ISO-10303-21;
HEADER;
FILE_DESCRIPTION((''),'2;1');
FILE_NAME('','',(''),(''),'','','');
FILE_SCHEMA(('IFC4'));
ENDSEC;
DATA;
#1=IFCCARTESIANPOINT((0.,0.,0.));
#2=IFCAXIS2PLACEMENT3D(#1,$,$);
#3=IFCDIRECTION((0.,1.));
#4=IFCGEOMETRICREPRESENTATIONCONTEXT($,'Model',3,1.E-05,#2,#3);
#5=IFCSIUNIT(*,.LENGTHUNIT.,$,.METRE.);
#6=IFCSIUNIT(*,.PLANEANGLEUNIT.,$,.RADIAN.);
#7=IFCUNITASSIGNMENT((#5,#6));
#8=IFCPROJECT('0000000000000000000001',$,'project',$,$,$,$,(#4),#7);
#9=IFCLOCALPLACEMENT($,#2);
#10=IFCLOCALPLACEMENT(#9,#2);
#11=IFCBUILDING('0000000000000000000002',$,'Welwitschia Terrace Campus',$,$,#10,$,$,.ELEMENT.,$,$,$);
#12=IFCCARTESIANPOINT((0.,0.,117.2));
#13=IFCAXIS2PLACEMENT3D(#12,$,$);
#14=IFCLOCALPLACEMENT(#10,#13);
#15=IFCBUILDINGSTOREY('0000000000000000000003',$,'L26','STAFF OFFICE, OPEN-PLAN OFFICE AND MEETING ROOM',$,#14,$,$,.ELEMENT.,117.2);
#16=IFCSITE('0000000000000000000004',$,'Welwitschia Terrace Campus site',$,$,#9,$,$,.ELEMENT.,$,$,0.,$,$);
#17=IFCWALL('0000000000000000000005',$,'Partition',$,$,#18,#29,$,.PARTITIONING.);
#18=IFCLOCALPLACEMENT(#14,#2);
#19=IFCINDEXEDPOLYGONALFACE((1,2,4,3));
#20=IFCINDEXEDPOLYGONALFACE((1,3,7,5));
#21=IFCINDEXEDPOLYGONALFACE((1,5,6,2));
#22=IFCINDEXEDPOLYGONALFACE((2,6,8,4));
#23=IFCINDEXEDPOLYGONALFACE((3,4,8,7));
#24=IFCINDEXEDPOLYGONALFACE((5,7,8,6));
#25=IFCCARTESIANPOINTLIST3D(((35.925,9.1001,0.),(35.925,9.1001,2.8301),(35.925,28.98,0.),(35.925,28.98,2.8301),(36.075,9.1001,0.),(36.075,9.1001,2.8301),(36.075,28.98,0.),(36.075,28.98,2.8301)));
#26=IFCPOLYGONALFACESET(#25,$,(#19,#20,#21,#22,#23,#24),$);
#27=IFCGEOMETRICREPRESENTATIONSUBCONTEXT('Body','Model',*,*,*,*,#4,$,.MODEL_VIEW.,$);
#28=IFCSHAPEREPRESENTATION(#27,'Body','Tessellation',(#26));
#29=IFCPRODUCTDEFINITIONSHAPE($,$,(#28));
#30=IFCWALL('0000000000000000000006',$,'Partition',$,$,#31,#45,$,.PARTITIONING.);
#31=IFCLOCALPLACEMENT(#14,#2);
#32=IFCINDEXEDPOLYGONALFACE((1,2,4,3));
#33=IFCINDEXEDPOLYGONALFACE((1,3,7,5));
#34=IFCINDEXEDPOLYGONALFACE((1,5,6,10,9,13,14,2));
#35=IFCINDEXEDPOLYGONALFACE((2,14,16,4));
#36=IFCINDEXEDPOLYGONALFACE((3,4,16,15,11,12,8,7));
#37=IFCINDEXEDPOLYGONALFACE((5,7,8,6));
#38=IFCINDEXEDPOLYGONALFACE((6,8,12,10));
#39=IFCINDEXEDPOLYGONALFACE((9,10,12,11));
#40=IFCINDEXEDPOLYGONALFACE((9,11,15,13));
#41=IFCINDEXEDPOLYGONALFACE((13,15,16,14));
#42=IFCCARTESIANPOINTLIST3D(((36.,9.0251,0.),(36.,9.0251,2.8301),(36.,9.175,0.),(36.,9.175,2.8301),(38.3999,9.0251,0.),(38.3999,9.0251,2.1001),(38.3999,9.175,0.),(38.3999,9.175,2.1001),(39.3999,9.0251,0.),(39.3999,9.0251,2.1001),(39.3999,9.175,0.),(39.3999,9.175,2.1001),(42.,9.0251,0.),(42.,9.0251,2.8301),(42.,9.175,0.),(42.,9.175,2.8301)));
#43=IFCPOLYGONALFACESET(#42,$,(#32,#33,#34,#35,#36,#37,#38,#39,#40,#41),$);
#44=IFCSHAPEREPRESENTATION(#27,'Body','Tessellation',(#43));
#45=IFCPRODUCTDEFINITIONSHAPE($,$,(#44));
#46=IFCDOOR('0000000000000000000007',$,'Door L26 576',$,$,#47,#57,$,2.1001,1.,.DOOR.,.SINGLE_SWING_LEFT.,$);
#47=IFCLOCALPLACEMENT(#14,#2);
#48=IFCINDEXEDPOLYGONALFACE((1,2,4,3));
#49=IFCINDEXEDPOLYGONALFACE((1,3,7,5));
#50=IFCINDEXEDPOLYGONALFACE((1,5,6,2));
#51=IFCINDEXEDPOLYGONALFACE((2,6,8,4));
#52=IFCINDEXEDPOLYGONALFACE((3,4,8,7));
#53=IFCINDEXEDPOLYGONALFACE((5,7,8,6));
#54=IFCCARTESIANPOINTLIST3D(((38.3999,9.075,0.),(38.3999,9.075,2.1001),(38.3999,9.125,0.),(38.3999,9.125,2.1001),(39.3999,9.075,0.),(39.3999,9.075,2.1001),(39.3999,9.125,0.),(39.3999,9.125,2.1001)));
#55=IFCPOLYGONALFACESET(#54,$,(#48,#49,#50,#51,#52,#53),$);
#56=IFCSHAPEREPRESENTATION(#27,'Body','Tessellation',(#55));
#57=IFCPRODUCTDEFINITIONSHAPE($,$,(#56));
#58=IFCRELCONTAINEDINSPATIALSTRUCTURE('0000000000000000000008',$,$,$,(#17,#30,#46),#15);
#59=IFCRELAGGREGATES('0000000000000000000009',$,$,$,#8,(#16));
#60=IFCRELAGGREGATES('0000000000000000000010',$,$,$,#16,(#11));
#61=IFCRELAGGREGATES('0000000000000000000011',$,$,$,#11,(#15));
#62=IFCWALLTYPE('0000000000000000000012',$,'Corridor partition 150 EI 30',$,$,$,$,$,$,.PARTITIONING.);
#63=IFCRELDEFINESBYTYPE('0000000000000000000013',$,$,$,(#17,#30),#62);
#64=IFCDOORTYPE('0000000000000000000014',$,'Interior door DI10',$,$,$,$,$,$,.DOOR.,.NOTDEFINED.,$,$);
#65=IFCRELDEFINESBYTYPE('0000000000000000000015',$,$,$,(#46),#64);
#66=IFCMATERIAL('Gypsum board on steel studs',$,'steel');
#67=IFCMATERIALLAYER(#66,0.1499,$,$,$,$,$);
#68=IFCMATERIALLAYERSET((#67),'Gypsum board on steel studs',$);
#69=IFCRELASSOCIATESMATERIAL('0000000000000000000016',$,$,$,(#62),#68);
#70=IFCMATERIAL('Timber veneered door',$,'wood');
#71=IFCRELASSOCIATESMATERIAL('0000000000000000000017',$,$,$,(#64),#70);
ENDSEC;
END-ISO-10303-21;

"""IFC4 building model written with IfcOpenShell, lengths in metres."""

from ifc_helpers import new_model, si_unit, direction, frame, frame_2d, origin, place, context, subcontext, project, spatial, rectangle, extrude, material, layer, layer_set, type_object, element, fill, save


model = new_model("IFC4")

# Units and contexts
model_context = context("Model", 3, precision=1e-05, world=origin(), true_north=direction((0.0, 1.0)))
body_context = subcontext(model_context, "Body", "Model", "MODEL_VIEW")
ifc_project = project(units=[si_unit("LENGTHUNIT", "METRE"), si_unit("PLANEANGLEUNIT", "RADIAN")], contexts=[model_context])

# Site, building, storey
site_placement = place(None, origin())
site = spatial("IfcSite", under=ifc_project, at=site_placement, Name="Welwitschia Terrace Campus site", CompositionType="ELEMENT", RefElevation=0.0)
building_placement = place(site_placement, origin())
building = spatial("IfcBuilding", under=site, at=building_placement, Name="Welwitschia Terrace Campus", CompositionType="ELEMENT")
storey_placement = place(building_placement, frame((0.0, 0.0, 117.2)))
storey = spatial("IfcBuildingStorey", under=building, at=storey_placement, Name="L26", Description="STAFF OFFICE, OPEN-PLAN OFFICE AND MEETING ROOM", CompositionType="ELEMENT", Elevation=117.2)

# Wall
ifc_material_1 = material(Name="Gypsum board on steel studs", Category="steel")
ifc_layer_1 = layer(ifc_material_1, 0.1499)
ifc_layer_set_1 = layer_set([ifc_layer_1], Name="Gypsum board on steel studs")
wall_type = type_object("IfcWallType", Name="Corridor partition 150 EI 30", PredefinedType="PARTITIONING", material=ifc_layer_set_1)
wall_1_placement = place(storey_placement, frame((36.0, 9.1001, 0.0), z_axis=(0.0, 0.0, 1.0), x_axis=(0.0, 1.0, 0.0)))
element("IfcWall", 1, at=wall_1_placement, inside=storey, type_object=wall_type, Name="Partition", PredefinedType="PARTITIONING", context=body_context, shape_type="SweptSolid", body=[
    extrude(rectangle(XDim=19.8799, YDim=0.1499, at=frame_2d((9.9399, 0.0))), origin(), (0.0, 0.0, 1.0), 2.8301),
])

# Wall, opening, door
wall_2_placement = place(storey_placement, frame((36.0, 9.1001, 0.0), z_axis=(0.0, 0.0, 1.0), x_axis=(1.0, 0.0, 0.0)))
wall_2 = element("IfcWall", 2, at=wall_2_placement, inside=storey, type_object=wall_type, Name="Partition", PredefinedType="PARTITIONING", context=body_context, shape_type="SweptSolid", body=[
    extrude(rectangle(XDim=6.0, YDim=0.1499, at=frame_2d((3.0, 0.0))), origin(), (0.0, 0.0, 1.0), 2.8301),
])
opening_placement = place(wall_2_placement, frame((2.3999, 0.0, 0.0)))
opening = element("IfcOpeningElement", 3, at=opening_placement, cuts=wall_2, PredefinedType="OPENING", context=body_context, shape_type="SweptSolid", body=[
    extrude(rectangle(XDim=1.0, YDim=2.1001, at=frame_2d((0.5, 1.05))), frame((0.0, 0.085, 0.0), z_axis=(0.0, -1.0, 0.0), x_axis=(1.0, 0.0, 0.0)), (0.0, 0.0, 1.0), 0.1699),
])
ifc_material_2 = material(Name="Timber veneered door", Category="wood")
door_type = type_object("IfcDoorType", Name="Interior door DI10", OperationType="NOTDEFINED", PredefinedType="DOOR", material=ifc_material_2)
door_placement = place(opening_placement, origin())
door = element("IfcDoor", 4, at=door_placement, inside=storey, type_object=door_type, Name="Door L26 576", OperationType="SINGLE_SWING_LEFT", OverallHeight=2.1001, OverallWidth=1.0, PredefinedType="DOOR", context=body_context, shape_type="SweptSolid", body=[
    extrude(rectangle(XDim=1.0, YDim=2.1001, at=frame_2d((0.5, 1.05))), frame((0.0, 0.0249, 0.0), z_axis=(0.0, -1.0, 0.0), x_axis=(1.0, 0.0, 0.0)), (0.0, 0.0, 1.0), 0.05),
])
fill(opening, door)

save(model, "model.ifc")
